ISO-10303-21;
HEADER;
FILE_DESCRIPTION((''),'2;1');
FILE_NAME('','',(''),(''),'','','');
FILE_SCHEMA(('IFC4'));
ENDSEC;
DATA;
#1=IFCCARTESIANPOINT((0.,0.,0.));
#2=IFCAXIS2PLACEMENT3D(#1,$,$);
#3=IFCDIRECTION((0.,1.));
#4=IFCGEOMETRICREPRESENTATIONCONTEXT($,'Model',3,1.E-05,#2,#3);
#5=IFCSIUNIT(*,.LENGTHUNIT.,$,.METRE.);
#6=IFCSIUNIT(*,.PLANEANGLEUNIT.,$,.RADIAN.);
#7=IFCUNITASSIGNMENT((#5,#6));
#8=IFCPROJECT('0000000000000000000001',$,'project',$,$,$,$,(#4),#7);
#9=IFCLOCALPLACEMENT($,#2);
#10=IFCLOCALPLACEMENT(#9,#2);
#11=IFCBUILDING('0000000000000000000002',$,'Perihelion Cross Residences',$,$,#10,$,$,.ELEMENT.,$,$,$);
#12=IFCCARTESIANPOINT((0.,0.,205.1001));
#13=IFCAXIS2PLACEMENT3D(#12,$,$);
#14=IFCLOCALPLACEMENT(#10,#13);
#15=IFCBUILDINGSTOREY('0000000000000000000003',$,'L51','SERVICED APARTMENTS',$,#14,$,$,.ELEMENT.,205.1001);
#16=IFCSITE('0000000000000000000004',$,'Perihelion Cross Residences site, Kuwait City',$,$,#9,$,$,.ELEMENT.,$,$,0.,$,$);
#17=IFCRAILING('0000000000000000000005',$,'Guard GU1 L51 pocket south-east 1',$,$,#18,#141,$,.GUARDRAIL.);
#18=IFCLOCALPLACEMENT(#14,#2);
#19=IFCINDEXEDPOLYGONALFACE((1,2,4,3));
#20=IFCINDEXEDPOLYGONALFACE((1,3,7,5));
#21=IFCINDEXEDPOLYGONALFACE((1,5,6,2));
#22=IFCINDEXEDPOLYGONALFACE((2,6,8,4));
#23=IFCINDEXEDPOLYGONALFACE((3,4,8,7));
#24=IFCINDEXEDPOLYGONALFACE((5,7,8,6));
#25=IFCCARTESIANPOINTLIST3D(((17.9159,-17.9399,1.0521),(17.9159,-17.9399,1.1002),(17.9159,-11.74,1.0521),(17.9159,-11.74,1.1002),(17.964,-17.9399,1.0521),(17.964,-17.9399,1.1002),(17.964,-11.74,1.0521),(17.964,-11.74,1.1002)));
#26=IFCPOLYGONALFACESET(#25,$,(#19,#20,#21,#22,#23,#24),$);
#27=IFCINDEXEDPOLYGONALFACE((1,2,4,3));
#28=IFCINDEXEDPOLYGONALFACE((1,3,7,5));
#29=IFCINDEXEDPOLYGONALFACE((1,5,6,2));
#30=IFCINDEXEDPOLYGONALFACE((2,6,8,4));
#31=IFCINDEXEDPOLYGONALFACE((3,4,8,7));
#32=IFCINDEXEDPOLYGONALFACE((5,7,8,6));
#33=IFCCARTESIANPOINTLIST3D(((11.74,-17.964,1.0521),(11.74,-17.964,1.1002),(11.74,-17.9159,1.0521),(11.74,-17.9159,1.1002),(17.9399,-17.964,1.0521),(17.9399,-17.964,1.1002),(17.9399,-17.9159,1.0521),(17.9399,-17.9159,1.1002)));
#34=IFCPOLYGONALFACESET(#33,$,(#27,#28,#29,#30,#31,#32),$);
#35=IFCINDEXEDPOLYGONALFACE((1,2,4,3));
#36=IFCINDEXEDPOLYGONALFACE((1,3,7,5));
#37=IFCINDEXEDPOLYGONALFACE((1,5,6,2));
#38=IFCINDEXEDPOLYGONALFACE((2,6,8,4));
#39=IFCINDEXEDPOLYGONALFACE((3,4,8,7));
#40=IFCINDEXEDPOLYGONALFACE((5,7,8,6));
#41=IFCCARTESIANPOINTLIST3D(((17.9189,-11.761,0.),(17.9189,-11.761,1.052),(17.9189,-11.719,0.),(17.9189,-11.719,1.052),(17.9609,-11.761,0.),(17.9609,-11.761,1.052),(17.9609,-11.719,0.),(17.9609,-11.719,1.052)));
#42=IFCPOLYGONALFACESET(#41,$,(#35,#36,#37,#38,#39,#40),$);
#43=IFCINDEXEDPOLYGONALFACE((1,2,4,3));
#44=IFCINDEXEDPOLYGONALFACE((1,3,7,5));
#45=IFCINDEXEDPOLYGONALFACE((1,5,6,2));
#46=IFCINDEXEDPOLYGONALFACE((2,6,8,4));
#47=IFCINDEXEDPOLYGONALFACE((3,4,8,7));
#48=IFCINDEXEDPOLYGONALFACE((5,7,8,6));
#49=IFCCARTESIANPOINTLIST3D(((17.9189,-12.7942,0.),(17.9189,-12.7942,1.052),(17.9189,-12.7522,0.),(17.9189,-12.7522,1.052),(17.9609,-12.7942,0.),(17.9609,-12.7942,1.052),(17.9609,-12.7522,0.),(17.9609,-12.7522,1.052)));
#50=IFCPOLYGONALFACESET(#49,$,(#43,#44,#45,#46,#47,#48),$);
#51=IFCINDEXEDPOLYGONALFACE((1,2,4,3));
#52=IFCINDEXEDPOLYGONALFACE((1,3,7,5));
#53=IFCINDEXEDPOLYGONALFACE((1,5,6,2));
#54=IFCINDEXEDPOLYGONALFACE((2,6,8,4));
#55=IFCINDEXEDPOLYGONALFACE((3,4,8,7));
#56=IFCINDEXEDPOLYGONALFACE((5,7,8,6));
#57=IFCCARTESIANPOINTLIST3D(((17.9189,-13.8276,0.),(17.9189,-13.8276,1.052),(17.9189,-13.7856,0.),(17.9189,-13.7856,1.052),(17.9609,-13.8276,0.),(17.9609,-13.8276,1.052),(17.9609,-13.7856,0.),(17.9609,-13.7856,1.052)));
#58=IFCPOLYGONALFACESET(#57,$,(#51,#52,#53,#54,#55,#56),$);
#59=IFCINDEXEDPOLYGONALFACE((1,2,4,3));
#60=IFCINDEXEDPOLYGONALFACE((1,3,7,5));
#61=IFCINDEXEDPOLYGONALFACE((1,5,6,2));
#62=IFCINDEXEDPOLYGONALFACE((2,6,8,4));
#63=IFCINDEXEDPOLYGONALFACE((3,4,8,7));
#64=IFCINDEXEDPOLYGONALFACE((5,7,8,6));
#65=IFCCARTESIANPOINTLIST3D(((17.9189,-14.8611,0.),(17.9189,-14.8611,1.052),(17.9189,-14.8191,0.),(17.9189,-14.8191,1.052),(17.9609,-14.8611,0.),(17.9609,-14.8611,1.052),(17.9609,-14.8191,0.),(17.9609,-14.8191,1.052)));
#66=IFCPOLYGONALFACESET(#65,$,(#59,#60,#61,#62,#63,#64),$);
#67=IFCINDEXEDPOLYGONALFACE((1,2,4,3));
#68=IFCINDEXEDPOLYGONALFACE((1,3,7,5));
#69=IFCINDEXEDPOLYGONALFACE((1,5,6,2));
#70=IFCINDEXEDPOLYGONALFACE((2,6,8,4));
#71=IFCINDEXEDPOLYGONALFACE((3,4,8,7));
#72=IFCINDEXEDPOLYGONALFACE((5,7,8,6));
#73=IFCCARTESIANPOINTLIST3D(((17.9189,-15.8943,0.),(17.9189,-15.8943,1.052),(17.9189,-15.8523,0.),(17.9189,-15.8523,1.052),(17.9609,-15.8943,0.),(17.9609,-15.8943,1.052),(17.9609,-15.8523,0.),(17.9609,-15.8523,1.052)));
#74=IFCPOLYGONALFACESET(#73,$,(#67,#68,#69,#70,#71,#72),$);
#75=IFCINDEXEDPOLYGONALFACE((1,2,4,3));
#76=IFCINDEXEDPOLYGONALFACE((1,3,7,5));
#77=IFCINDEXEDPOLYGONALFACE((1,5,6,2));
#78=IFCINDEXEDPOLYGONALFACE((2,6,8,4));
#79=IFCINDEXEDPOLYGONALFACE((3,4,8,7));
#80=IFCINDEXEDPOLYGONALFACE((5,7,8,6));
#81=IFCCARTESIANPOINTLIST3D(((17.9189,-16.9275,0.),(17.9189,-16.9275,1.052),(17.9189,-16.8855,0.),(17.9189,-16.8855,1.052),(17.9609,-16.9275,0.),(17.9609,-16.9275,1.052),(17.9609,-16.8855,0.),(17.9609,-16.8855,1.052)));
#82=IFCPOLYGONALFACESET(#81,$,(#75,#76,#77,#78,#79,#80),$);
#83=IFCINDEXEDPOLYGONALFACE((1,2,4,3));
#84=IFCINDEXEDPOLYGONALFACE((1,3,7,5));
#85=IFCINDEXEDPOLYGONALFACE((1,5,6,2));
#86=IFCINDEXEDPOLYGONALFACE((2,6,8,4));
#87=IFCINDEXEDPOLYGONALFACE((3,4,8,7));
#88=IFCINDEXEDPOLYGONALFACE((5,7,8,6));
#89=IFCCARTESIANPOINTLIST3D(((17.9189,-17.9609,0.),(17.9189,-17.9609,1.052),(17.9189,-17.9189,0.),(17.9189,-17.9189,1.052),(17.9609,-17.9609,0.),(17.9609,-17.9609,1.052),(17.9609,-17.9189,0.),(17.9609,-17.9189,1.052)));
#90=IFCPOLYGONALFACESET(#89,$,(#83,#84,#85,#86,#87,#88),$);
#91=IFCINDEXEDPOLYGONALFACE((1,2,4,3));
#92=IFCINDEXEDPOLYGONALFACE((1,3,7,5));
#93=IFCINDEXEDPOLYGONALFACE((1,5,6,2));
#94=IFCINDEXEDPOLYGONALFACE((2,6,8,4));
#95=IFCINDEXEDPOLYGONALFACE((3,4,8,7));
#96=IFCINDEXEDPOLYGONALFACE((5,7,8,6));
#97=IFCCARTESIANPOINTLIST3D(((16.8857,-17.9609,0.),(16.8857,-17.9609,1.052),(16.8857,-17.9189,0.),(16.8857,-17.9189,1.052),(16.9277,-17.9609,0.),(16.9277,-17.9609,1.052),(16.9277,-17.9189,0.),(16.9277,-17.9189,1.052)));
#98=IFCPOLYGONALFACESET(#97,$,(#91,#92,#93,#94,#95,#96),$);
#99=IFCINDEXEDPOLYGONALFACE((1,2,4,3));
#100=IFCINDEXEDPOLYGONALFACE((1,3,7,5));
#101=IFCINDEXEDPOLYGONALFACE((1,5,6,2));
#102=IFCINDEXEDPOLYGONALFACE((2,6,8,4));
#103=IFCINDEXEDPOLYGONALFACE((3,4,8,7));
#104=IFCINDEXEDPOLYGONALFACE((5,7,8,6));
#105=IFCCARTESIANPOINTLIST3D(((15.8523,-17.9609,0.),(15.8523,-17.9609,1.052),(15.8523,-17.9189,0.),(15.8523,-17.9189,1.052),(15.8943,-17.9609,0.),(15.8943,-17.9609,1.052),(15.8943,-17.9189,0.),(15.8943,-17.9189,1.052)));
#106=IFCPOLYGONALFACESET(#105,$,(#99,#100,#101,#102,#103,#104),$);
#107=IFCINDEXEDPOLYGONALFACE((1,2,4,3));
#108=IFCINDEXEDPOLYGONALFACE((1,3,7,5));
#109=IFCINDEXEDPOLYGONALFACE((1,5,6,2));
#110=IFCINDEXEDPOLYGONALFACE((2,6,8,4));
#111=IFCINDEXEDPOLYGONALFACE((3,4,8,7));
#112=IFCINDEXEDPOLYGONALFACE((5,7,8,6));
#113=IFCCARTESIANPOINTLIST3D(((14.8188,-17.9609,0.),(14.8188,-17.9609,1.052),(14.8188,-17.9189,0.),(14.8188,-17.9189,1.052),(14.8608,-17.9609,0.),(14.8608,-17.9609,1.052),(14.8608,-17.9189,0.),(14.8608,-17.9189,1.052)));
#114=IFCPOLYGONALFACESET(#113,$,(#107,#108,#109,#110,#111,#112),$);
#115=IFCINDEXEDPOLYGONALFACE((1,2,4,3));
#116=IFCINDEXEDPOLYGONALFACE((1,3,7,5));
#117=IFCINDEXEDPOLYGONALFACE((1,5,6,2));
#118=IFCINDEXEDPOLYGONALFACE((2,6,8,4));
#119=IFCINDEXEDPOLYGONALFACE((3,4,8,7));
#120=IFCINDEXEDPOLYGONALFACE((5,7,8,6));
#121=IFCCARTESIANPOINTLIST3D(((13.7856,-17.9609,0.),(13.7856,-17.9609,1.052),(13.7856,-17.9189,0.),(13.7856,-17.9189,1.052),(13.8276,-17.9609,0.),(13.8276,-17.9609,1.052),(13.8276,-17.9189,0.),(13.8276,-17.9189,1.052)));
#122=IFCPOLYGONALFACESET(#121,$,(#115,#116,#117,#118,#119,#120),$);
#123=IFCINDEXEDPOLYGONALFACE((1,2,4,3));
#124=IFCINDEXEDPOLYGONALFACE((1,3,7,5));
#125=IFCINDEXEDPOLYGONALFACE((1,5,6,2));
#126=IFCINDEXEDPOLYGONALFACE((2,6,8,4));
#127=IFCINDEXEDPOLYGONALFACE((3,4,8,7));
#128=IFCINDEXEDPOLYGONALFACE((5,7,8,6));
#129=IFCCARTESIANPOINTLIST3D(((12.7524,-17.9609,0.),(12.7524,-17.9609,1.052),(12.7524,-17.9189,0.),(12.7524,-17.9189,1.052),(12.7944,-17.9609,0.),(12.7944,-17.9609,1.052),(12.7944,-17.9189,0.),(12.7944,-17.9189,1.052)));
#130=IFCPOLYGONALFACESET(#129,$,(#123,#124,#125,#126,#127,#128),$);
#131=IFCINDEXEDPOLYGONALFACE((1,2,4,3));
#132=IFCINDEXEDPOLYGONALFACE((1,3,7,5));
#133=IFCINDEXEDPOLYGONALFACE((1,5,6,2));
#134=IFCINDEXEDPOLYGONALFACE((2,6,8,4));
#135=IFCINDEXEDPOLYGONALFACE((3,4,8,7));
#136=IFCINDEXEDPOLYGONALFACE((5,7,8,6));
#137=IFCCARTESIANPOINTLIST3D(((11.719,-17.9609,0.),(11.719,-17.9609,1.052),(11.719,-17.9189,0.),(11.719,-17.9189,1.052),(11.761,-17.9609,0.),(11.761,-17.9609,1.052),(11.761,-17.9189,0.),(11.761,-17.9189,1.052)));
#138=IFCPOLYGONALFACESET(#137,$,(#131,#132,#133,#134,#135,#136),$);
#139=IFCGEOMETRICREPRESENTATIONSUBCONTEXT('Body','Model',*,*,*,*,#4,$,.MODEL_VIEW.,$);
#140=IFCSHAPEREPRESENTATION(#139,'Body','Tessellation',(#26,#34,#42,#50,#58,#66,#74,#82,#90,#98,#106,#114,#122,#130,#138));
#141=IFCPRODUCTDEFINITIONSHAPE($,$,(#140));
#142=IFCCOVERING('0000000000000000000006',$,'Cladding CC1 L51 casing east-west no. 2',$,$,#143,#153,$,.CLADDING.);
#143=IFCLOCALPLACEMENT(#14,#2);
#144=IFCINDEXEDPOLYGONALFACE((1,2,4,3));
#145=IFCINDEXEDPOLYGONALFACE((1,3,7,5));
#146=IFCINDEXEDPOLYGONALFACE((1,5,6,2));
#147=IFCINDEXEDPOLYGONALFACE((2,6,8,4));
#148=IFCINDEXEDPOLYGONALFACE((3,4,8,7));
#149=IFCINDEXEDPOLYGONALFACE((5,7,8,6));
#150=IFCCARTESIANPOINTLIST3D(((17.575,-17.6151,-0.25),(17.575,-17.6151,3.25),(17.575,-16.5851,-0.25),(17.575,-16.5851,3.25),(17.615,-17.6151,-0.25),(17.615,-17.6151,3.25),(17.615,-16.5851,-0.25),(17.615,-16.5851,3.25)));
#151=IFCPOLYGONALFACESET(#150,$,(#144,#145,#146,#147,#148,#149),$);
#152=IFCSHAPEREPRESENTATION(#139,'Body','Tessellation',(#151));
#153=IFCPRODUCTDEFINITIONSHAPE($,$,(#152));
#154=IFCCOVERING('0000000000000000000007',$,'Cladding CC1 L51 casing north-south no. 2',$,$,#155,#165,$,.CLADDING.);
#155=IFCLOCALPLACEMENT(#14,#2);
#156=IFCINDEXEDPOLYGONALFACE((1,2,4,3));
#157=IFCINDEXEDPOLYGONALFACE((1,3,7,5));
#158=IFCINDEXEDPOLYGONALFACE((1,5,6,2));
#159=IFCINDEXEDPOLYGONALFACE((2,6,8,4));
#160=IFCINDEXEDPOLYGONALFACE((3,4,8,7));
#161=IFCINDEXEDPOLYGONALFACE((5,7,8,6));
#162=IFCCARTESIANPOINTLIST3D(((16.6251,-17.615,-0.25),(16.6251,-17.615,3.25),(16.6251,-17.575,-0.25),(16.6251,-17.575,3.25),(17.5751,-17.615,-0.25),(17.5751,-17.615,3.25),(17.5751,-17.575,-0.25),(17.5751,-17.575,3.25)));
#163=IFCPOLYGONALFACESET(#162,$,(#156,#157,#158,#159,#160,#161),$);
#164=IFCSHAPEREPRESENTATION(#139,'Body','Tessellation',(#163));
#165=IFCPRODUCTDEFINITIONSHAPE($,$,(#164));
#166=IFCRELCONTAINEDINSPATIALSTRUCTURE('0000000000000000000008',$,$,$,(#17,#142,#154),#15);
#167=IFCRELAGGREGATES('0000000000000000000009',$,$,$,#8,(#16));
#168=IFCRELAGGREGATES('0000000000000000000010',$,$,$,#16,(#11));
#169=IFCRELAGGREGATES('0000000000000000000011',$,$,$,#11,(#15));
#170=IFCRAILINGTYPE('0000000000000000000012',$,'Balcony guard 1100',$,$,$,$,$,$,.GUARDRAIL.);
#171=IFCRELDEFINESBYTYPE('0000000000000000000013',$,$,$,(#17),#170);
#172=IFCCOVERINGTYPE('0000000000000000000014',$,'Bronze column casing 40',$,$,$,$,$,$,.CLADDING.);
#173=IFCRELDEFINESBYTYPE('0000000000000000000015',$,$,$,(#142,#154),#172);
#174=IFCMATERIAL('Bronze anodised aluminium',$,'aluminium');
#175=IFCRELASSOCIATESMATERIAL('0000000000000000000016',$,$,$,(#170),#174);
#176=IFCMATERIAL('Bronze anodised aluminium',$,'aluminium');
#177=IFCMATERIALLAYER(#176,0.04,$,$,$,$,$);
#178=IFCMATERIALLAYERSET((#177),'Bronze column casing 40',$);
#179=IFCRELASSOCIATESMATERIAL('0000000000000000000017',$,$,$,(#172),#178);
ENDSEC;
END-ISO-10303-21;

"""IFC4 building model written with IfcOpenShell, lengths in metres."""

from ifc_helpers import new_model, si_unit, direction, frame, origin, origin_2d, place, context, subcontext, project, spatial, rectangle, extrude, material, layer, layer_set, type_object, element, save


model = new_model("IFC4")

# Units and contexts
model_context = context("Model", 3, precision=1e-05, world=origin(), true_north=direction((0.0, 1.0)))
body_context = subcontext(model_context, "Body", "Model", "MODEL_VIEW")
ifc_project = project(units=[si_unit("LENGTHUNIT", "METRE"), si_unit("PLANEANGLEUNIT", "RADIAN")], contexts=[model_context])

# Site, building, storey
site_placement = place(None, origin())
site = spatial("IfcSite", under=ifc_project, at=site_placement, Name="Perihelion Cross Residences site, Kuwait City", CompositionType="ELEMENT", RefElevation=0.0)
building_placement = place(site_placement, origin())
building = spatial("IfcBuilding", under=site, at=building_placement, Name="Perihelion Cross Residences", CompositionType="ELEMENT")
storey_placement = place(building_placement, frame((0.0, 0.0, 205.1001)))
storey = spatial("IfcBuildingStorey", under=building, at=storey_placement, Name="L51", Description="SERVICED APARTMENTS", CompositionType="ELEMENT", Elevation=205.1001)

# Railing
ifc_material_1 = material(Name="Bronze anodised aluminium", Category="aluminium")
railing_type = type_object("IfcRailingType", Name="Balcony guard 1100", PredefinedType="GUARDRAIL", material=ifc_material_1)
railing_1_placement = place(storey_placement, frame((17.9399, -11.74, 0.0)))
element("IfcRailing", 1, at=railing_1_placement, inside=storey, type_object=railing_type, Name="Guard GU1 L51 pocket south-east 1", PredefinedType="GUARDRAIL", context=body_context, shape_type="SweptSolid", body=[
    extrude(rectangle(XDim=0.0481, YDim=0.0481, at=origin_2d()), frame((0.0, 0.0, 1.0762), z_axis=(0.0, -1.0, 0.0), x_axis=(1.0, 0.0, 0.0)), (0.0, 0.0, 1.0), 6.2),
    extrude(rectangle(XDim=0.0481, YDim=0.0481, at=origin_2d()), frame((0.0, -6.2, 1.0762), z_axis=(-1.0, 0.0, 0.0), x_axis=(0.0, -1.0, 0.0)), (0.0, 0.0, 1.0), 6.2),
    extrude(rectangle(XDim=0.042, YDim=0.042, at=origin_2d()), origin(), (0.0, 0.0, 1.0), 1.052),
    extrude(rectangle(XDim=0.042, YDim=0.042, at=origin_2d()), frame((0.0, -1.0332, 0.0)), (0.0, 0.0, 1.0), 1.052),
    extrude(rectangle(XDim=0.042, YDim=0.042, at=origin_2d()), frame((0.0, -2.0667, 0.0)), (0.0, 0.0, 1.0), 1.052),
    extrude(rectangle(XDim=0.042, YDim=0.042, at=origin_2d()), frame((0.0, -3.1001, 0.0)), (0.0, 0.0, 1.0), 1.052),
    extrude(rectangle(XDim=0.042, YDim=0.042, at=origin_2d()), frame((0.0, -4.1333, 0.0)), (0.0, 0.0, 1.0), 1.052),
    extrude(rectangle(XDim=0.042, YDim=0.042, at=origin_2d()), frame((0.0, -5.1665, 0.0)), (0.0, 0.0, 1.0), 1.052),
    extrude(rectangle(XDim=0.042, YDim=0.042, at=origin_2d()), frame((0.0, -6.2, 0.0)), (0.0, 0.0, 1.0), 1.052),
    extrude(rectangle(XDim=0.042, YDim=0.042, at=origin_2d()), frame((-1.0332, -6.2, 0.0)), (0.0, 0.0, 1.0), 1.052),
    extrude(rectangle(XDim=0.042, YDim=0.042, at=origin_2d()), frame((-2.0667, -6.2, 0.0)), (0.0, 0.0, 1.0), 1.052),
    extrude(rectangle(XDim=0.042, YDim=0.042, at=origin_2d()), frame((-3.1001, -6.2, 0.0)), (0.0, 0.0, 1.0), 1.052),
    extrude(rectangle(XDim=0.042, YDim=0.042, at=origin_2d()), frame((-4.1333, -6.2, 0.0)), (0.0, 0.0, 1.0), 1.052),
    extrude(rectangle(XDim=0.042, YDim=0.042, at=origin_2d()), frame((-5.1665, -6.2, 0.0)), (0.0, 0.0, 1.0), 1.052),
    extrude(rectangle(XDim=0.042, YDim=0.042, at=origin_2d()), frame((-6.2, -6.2, 0.0)), (0.0, 0.0, 1.0), 1.052),
])

# Coverings
ifc_material_2 = material(Name="Bronze anodised aluminium", Category="aluminium")
ifc_layer_1 = layer(ifc_material_2, 0.04)
ifc_layer_set_1 = layer_set([ifc_layer_1], Name="Bronze column casing 40")
covering_type = type_object("IfcCoveringType", Name="Bronze column casing 40", PredefinedType="CLADDING", material=ifc_layer_set_1)
covering_1_placement = place(storey_placement, frame((17.595, -17.1001, -0.25), z_axis=(0.0, 0.0, 1.0), x_axis=(1.0, 0.0, 0.0)))
element("IfcCovering", 2, at=covering_1_placement, inside=storey, type_object=covering_type, Name="Cladding CC1 L51 casing east-west no. 2", PredefinedType="CLADDING", context=body_context, shape_type="SweptSolid", body=[
    extrude(rectangle(XDim=0.04, YDim=1.03, at=origin_2d()), origin(), (0.0, 0.0, 1.0), 3.5),
])
covering_2_placement = place(storey_placement, frame((17.1001, -17.595, -0.25), z_axis=(0.0, 0.0, 1.0), x_axis=(1.0, 0.0, 0.0)))
element("IfcCovering", 3, at=covering_2_placement, inside=storey, type_object=covering_type, Name="Cladding CC1 L51 casing north-south no. 2", PredefinedType="CLADDING", context=body_context, shape_type="SweptSolid", body=[
    extrude(rectangle(XDim=0.95, YDim=0.04, at=origin_2d()), origin(), (0.0, 0.0, 1.0), 3.5),
])

save(model, "model.ifc")
